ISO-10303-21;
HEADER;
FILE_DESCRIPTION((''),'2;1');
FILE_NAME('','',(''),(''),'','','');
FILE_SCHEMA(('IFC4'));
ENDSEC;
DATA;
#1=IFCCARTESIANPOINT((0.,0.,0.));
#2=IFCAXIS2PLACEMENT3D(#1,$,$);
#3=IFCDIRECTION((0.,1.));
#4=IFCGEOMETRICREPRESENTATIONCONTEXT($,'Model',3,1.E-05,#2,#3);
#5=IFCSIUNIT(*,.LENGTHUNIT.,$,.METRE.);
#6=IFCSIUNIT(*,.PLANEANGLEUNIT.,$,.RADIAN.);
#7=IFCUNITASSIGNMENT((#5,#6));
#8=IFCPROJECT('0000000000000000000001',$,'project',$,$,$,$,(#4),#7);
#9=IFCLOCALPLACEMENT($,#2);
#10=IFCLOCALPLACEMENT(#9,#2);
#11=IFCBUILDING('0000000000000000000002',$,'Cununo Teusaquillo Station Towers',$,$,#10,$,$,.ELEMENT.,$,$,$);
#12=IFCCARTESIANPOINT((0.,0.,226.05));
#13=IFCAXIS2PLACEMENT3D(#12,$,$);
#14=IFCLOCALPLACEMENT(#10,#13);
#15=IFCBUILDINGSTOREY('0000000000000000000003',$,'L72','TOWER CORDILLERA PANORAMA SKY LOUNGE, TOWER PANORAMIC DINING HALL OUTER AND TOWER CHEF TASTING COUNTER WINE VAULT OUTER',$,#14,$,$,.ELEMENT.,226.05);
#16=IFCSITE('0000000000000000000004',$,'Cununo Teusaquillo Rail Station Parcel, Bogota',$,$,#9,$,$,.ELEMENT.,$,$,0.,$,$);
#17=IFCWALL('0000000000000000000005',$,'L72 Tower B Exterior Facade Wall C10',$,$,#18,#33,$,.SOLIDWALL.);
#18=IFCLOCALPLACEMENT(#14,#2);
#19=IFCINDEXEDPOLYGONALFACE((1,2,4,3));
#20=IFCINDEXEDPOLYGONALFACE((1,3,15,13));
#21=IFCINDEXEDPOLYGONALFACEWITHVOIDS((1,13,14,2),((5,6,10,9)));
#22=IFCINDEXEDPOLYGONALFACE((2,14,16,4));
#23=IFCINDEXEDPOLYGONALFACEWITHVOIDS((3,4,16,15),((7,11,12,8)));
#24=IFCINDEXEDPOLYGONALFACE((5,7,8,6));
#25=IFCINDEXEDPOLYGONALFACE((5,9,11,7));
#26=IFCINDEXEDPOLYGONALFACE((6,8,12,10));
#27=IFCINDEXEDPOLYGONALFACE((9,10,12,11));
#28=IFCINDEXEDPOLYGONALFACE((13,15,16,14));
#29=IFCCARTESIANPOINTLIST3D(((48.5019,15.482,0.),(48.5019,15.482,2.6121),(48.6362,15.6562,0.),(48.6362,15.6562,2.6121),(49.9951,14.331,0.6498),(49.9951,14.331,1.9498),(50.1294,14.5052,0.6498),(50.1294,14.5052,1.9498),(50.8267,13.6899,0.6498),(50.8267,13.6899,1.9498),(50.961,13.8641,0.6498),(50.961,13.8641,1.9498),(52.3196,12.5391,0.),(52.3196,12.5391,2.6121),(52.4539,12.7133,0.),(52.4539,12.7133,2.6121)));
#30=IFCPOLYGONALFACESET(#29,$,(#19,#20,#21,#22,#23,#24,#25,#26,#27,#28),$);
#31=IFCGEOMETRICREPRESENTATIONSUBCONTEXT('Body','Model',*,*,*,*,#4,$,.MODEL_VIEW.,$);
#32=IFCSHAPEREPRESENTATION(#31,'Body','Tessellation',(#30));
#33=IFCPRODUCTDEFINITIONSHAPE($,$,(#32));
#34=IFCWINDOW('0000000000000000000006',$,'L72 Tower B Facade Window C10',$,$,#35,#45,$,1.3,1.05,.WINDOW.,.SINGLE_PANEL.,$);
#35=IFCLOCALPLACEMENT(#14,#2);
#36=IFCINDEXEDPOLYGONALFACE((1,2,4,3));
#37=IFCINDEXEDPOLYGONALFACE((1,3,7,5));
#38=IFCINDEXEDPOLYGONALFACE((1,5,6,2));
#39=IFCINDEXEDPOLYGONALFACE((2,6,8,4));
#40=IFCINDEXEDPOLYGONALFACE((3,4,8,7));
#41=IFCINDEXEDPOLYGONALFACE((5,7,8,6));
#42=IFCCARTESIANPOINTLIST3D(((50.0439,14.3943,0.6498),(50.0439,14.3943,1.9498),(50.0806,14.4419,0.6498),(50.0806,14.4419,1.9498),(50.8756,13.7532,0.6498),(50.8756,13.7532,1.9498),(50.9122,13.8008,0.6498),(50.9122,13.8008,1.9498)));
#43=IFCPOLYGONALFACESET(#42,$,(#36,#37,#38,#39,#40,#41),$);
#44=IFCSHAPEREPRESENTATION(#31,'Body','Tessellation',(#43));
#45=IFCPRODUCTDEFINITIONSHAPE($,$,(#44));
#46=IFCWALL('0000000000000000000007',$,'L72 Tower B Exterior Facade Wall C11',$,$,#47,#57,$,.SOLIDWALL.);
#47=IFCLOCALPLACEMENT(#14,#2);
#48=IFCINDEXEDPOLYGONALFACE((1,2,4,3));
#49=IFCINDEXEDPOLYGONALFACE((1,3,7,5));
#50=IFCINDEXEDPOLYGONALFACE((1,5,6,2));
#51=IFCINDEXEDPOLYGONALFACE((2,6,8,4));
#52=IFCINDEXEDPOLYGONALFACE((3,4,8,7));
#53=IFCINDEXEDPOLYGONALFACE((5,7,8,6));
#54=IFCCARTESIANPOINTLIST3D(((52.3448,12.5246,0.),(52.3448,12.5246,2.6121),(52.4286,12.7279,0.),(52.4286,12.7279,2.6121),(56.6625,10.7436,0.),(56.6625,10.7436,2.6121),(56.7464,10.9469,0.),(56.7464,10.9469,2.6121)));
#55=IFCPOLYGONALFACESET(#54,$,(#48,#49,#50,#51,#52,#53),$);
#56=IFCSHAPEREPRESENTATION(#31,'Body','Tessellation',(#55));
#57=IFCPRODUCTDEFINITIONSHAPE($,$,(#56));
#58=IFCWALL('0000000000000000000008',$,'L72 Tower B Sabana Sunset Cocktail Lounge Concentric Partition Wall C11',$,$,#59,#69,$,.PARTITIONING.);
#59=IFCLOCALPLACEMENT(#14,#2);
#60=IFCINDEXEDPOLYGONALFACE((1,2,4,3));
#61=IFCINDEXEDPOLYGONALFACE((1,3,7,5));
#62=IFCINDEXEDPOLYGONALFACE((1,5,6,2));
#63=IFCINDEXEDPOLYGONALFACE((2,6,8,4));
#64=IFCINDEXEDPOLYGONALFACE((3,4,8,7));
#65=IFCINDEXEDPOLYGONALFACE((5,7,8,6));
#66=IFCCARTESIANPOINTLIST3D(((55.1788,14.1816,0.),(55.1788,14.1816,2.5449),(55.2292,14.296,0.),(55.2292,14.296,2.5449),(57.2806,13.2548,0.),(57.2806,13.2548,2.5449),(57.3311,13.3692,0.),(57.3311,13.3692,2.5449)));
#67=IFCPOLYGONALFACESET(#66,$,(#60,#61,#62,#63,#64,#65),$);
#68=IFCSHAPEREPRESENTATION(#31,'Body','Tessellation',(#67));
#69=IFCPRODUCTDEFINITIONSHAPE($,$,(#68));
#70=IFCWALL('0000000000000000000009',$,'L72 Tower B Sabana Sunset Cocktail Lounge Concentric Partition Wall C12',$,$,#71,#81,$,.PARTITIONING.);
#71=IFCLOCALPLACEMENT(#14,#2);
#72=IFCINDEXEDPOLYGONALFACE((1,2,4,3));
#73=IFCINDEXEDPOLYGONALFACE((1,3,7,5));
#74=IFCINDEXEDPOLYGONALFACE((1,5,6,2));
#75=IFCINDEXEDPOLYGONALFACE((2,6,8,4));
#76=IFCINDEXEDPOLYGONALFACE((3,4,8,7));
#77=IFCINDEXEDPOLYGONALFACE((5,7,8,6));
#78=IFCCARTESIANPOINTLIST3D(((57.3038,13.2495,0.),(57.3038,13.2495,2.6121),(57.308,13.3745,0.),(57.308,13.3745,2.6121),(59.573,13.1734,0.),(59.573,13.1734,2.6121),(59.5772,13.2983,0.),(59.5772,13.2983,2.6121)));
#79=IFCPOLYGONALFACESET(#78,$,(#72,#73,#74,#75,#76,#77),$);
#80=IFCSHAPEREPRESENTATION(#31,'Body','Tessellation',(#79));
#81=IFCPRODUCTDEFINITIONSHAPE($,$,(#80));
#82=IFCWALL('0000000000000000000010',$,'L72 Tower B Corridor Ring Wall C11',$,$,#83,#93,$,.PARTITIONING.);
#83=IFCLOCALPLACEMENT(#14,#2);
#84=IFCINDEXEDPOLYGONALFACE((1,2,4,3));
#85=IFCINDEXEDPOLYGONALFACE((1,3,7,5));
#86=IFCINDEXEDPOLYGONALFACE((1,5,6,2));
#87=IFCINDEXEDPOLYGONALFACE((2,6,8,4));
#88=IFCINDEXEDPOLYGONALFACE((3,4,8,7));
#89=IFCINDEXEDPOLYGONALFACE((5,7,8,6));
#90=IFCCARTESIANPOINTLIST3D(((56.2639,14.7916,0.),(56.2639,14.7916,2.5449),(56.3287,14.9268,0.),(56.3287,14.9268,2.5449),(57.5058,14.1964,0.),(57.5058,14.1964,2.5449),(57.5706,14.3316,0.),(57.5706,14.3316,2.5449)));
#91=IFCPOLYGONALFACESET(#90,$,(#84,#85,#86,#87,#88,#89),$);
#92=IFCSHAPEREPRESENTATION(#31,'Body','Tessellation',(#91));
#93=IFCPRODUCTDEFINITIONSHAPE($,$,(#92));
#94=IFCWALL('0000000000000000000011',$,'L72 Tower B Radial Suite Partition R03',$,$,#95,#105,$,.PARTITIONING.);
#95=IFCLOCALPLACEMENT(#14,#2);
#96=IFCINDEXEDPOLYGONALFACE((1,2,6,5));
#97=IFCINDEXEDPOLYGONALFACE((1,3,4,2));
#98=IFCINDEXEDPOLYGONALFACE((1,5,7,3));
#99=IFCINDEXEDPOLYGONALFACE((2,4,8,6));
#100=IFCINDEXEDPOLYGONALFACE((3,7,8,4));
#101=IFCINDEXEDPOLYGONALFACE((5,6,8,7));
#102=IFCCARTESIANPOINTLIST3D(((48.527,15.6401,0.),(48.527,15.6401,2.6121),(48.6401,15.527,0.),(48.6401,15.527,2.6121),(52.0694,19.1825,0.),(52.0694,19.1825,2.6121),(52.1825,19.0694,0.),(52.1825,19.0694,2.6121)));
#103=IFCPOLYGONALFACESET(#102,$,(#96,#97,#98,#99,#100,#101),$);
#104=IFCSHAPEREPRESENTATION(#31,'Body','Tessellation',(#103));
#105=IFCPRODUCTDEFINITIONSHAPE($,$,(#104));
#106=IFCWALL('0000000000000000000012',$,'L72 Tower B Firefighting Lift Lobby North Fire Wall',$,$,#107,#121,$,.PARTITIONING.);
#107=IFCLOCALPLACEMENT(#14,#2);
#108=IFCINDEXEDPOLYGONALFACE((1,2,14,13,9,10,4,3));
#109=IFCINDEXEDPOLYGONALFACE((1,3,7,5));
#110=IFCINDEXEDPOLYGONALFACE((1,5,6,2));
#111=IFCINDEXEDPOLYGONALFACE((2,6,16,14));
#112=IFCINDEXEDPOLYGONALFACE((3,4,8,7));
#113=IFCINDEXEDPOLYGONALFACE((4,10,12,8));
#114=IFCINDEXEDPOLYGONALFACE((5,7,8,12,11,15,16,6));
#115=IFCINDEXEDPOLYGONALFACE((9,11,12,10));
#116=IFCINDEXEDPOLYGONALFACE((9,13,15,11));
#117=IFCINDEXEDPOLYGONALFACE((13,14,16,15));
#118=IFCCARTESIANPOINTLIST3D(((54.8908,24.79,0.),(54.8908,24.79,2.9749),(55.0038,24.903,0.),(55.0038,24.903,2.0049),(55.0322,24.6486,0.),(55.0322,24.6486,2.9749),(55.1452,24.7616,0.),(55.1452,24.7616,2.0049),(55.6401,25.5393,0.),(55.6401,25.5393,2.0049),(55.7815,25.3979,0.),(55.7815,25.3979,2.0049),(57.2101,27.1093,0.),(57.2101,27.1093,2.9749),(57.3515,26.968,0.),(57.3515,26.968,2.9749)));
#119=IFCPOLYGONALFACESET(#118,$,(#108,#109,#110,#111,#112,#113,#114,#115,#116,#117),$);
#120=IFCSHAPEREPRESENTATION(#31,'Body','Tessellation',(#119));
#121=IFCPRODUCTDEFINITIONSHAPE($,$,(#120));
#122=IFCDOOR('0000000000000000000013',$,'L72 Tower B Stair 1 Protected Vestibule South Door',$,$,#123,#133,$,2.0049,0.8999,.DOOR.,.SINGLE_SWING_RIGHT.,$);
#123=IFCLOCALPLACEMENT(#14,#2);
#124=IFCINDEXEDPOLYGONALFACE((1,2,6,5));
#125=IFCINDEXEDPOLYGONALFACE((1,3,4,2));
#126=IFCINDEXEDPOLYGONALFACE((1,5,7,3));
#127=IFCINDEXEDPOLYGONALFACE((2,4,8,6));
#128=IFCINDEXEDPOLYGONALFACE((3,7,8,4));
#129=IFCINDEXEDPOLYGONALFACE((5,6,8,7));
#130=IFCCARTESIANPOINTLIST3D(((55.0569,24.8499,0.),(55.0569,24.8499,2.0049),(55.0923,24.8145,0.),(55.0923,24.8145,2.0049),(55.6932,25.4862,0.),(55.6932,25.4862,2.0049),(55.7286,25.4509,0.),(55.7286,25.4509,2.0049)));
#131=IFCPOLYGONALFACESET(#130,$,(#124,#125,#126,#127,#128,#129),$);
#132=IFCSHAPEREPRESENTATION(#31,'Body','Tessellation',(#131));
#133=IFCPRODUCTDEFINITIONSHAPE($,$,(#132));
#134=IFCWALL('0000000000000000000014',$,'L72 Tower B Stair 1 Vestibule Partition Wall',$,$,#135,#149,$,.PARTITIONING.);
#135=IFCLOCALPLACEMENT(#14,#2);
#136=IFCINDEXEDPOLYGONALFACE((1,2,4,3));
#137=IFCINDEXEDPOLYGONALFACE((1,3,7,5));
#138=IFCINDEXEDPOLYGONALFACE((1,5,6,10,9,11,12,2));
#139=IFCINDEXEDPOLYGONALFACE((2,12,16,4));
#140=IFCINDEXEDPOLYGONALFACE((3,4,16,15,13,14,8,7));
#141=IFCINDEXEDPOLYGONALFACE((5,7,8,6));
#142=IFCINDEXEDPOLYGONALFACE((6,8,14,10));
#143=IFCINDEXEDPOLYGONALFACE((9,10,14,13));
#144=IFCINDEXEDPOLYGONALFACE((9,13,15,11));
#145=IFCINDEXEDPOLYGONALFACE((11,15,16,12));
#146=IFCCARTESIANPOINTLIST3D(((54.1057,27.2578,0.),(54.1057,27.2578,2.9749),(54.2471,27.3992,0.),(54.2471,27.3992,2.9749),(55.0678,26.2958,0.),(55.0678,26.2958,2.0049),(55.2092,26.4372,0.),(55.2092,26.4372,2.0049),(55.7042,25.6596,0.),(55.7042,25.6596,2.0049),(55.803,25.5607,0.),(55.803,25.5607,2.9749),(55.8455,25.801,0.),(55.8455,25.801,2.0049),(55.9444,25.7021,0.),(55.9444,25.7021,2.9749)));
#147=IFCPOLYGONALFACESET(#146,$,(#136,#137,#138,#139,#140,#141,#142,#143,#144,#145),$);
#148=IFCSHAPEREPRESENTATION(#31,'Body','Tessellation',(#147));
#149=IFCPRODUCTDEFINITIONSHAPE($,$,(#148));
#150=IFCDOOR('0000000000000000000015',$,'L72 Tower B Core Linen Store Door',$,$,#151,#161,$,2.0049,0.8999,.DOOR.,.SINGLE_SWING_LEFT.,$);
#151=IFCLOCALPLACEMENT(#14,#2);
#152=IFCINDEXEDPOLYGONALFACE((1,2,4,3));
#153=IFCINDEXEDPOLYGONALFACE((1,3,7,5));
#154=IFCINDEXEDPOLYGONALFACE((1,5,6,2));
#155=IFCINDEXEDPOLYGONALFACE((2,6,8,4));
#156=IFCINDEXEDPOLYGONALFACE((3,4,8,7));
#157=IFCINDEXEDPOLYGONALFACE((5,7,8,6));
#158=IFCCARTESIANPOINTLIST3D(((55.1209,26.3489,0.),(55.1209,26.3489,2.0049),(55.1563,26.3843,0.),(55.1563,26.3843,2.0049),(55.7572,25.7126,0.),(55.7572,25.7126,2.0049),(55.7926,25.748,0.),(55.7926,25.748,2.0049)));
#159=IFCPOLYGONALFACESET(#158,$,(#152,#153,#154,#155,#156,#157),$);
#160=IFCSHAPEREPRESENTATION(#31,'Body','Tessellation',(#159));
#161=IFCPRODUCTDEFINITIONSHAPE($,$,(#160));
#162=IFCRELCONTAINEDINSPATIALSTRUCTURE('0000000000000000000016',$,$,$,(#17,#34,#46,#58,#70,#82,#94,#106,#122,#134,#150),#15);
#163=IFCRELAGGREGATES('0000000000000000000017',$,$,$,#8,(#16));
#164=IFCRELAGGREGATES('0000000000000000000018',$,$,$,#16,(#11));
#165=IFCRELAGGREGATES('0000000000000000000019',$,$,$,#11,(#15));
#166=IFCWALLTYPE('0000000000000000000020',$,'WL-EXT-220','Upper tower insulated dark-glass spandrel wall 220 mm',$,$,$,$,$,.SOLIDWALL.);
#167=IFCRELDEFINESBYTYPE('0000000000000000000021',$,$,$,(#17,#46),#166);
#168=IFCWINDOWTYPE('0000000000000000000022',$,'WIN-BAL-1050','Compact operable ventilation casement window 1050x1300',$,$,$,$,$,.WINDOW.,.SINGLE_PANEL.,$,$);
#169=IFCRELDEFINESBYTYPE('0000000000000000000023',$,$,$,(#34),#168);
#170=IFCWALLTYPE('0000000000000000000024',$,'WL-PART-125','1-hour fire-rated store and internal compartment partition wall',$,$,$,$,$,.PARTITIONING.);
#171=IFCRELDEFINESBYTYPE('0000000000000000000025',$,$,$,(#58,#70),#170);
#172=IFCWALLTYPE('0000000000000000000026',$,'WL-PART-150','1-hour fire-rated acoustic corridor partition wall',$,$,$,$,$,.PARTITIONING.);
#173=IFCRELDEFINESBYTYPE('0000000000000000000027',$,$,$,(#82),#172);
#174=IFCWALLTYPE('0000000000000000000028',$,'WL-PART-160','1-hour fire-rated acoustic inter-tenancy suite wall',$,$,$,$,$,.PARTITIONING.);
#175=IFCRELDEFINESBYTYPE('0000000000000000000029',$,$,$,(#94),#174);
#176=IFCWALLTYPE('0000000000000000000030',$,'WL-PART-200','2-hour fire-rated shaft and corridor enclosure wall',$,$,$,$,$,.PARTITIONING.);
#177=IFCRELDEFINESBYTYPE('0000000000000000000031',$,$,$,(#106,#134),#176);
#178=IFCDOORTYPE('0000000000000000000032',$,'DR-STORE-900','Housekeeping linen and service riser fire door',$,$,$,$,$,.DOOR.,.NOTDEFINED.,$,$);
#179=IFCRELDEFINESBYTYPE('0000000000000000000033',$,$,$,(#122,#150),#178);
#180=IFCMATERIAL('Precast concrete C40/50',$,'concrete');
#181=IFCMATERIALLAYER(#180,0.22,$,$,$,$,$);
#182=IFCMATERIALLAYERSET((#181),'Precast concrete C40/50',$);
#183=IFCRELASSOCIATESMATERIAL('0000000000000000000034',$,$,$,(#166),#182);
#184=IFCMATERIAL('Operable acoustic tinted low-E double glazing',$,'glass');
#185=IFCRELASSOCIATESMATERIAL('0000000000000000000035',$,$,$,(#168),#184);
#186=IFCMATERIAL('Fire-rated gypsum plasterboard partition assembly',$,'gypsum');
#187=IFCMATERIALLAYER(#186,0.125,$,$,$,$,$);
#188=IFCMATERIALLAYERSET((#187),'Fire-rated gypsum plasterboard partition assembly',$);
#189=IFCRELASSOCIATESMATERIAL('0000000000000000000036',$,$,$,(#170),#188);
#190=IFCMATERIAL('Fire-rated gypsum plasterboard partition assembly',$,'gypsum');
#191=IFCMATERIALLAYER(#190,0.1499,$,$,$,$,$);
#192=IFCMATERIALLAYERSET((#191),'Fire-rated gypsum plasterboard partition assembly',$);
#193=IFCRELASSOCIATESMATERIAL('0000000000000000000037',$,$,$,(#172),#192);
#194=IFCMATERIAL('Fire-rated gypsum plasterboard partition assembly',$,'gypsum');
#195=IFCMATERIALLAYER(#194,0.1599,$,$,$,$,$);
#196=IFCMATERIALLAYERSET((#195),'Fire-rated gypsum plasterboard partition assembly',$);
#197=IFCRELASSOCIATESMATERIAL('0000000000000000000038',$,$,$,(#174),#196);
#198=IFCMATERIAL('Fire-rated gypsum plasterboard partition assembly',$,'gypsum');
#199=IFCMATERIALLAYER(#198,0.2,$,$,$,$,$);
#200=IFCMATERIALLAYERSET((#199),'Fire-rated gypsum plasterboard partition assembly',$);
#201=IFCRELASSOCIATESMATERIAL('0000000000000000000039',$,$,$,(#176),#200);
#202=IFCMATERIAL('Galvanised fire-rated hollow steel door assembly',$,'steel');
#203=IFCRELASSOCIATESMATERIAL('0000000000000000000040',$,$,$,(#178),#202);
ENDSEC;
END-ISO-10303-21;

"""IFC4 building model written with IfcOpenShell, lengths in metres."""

from ifc_helpers import new_model, si_unit, direction, frame, frame_2d, origin, place, context, subcontext, project, spatial, rectangle, extrude, source, transform, mapped, material, layer, layer_set, type_object, element, fill, save


model = new_model("IFC4")

# Units and contexts
model_context = context("Model", 3, precision=1e-05, world=origin(), true_north=direction((0.0, 1.0)))
body_context = subcontext(model_context, "Body", "Model", "MODEL_VIEW")
ifc_project = project(units=[si_unit("LENGTHUNIT", "METRE"), si_unit("PLANEANGLEUNIT", "RADIAN")], contexts=[model_context])

# Site, building, storey
site_placement = place(None, origin())
site = spatial("IfcSite", under=ifc_project, at=site_placement, Name="Cununo Teusaquillo Rail Station Parcel, Bogota", CompositionType="ELEMENT", RefElevation=0.0)
building_placement = place(site_placement, origin())
building = spatial("IfcBuilding", under=site, at=building_placement, Name="Cununo Teusaquillo Station Towers", CompositionType="ELEMENT")
storey_placement = place(building_placement, frame((0.0, 0.0, 226.05)))
storey = spatial("IfcBuildingStorey", under=building, at=storey_placement, Name="L72", Description="TOWER CORDILLERA PANORAMA SKY LOUNGE, TOWER PANORAMIC DINING HALL OUTER AND TOWER CHEF TASTING COUNTER WINE VAULT OUTER", CompositionType="ELEMENT", Elevation=226.05)

# Wall, opening, window
ifc_material_1 = material(Name="Precast concrete C40/50", Category="concrete")
ifc_layer_1 = layer(ifc_material_1, 0.22)
ifc_layer_set_1 = layer_set([ifc_layer_1], Name="Precast concrete C40/50")
wall_type_1 = type_object("IfcWallType", Name="WL-EXT-220", Description="Upper tower insulated dark-glass spandrel wall 220 mm", PredefinedType="SOLIDWALL", material=ifc_layer_set_1)
wall_1_placement = place(storey_placement, frame((52.3867, 12.6262, 0.0), z_axis=(0.0, 0.0, 1.0), x_axis=(-0.791998, 0.610523, 0.0)))
wall_1 = element("IfcWall", 1, at=wall_1_placement, inside=storey, type_object=wall_type_1, Name="L72 Tower B Exterior Facade Wall C10", PredefinedType="SOLIDWALL", context=body_context, shape_type="SweptSolid", body=[
    extrude(rectangle(XDim=4.8203, YDim=0.22, at=frame_2d((2.4102, 0.0))), origin(), (0.0, 0.0, 1.0), 2.6121),
])
shared_shape_1 = source(origin(), body_context, "Body", "SweptSolid", [
    extrude(rectangle(XDim=1.05, YDim=1.3, at=frame_2d((0.5249, 0.6499))), frame((0.0, 0.1199, 0.0), z_axis=(0.0, -1.0, 0.0), x_axis=(1.0, 0.0, 0.0)), (0.0, 0.0, 1.0), 0.24),
])
opening_1_placement = place(wall_1_placement, frame((1.885, 0.0, 0.6499)))
opening_1 = element("IfcOpeningElement", 2, at=opening_1_placement, cuts=wall_1, PredefinedType="OPENING", context=body_context, shape_type="MappedRepresentation", body=[
    mapped(shared_shape_1, transform((0.0, 0.0, 0.0), x_axis=(1.0, 0.0, 0.0), y_axis=(0.0, 1.0, 0.0), z_axis=(0.0, 0.0, 1.0), scale=1.0)),
])
ifc_material_2 = material(Name="Operable acoustic tinted low-E double glazing", Category="glass")
window_type = type_object("IfcWindowType", Name="WIN-BAL-1050", Description="Compact operable ventilation casement window 1050x1300", PartitioningType="SINGLE_PANEL", PredefinedType="WINDOW", material=ifc_material_2)
shared_shape_2 = source(origin(), body_context, "Body", "SweptSolid", [
    extrude(rectangle(XDim=1.05, YDim=1.3, at=frame_2d((0.5249, 0.6499))), frame((0.0, 0.03, 0.0), z_axis=(0.0, -1.0, 0.0), x_axis=(1.0, 0.0, 0.0)), (0.0, 0.0, 1.0), 0.0601),
])
window_placement = place(opening_1_placement, origin())
window = element("IfcWindow", 3, at=window_placement, inside=storey, type_object=window_type, Name="L72 Tower B Facade Window C10", OverallHeight=1.3, OverallWidth=1.05, PartitioningType="SINGLE_PANEL", PredefinedType="WINDOW", context=body_context, shape_type="MappedRepresentation", body=[
    mapped(shared_shape_2, transform((0.0, 0.0, 0.0), x_axis=(1.0, 0.0, 0.0), y_axis=(0.0, 1.0, 0.0), z_axis=(0.0, 0.0, 1.0), scale=1.0)),
])
fill(opening_1, window)

# Walls
wall_2_placement = place(storey_placement, frame((56.7046, 10.8452, 0.0), z_axis=(0.0, 0.0, 1.0), x_axis=(-0.924447, 0.38131, 0.0)))
element("IfcWall", 4, at=wall_2_placement, inside=storey, type_object=wall_type_1, Name="L72 Tower B Exterior Facade Wall C11", PredefinedType="SOLIDWALL", context=body_context, shape_type="SweptSolid", body=[
    extrude(rectangle(XDim=4.6707, YDim=0.22, at=frame_2d((2.3354, 0.0))), origin(), (0.0, 0.0, 1.0), 2.6121),
])
ifc_material_3 = material(Name="Fire-rated gypsum plasterboard partition assembly", Category="gypsum")
ifc_layer_2 = layer(ifc_material_3, 0.125)
ifc_layer_set_2 = layer_set([ifc_layer_2], Name="Fire-rated gypsum plasterboard partition assembly")
wall_type_2 = type_object("IfcWallType", Name="WL-PART-125", Description="1-hour fire-rated store and internal compartment partition wall", PredefinedType="PARTITIONING", material=ifc_layer_set_2)
wall_3_placement = place(storey_placement, frame((55.2041, 14.2388, 0.0), z_axis=(0.0, 0.0, 1.0), x_axis=(0.915, -0.403454, 0.0)))
element("IfcWall", 5, at=wall_3_placement, inside=storey, type_object=wall_type_2, Name="L72 Tower B Sabana Sunset Cocktail Lounge Concentric Partition Wall C11", PredefinedType="PARTITIONING", context=body_context, shape_type="SweptSolid", body=[
    extrude(rectangle(XDim=2.2971, YDim=0.125, at=frame_2d((1.1484, 0.0))), origin(), (0.0, 0.0, 1.0), 2.5449),
])
wall_4_placement = place(storey_placement, frame((57.3059, 13.312, 0.0), z_axis=(0.0, 0.0, 1.0), x_axis=(0.999437, -0.033548, 0.0)))
element("IfcWall", 6, at=wall_4_placement, inside=storey, type_object=wall_type_2, Name="L72 Tower B Sabana Sunset Cocktail Lounge Concentric Partition Wall C12", PredefinedType="PARTITIONING", context=body_context, shape_type="SweptSolid", body=[
    extrude(rectangle(XDim=2.2705, YDim=0.125, at=frame_2d((1.1353, 0.0))), origin(), (0.0, 0.0, 1.0), 2.6121),
])
ifc_material_4 = material(Name="Fire-rated gypsum plasterboard partition assembly", Category="gypsum")
ifc_layer_3 = layer(ifc_material_4, 0.1499)
ifc_layer_set_3 = layer_set([ifc_layer_3], Name="Fire-rated gypsum plasterboard partition assembly")
wall_type_3 = type_object("IfcWallType", Name="WL-PART-150", Description="1-hour fire-rated acoustic corridor partition wall", PredefinedType="PARTITIONING", material=ifc_layer_set_3)
wall_5_placement = place(storey_placement, frame((56.2964, 14.8591, 0.0), z_axis=(0.0, 0.0, 1.0), x_axis=(0.901783, -0.432189, 0.0)))
element("IfcWall", 7, at=wall_5_placement, inside=storey, type_object=wall_type_3, Name="L72 Tower B Corridor Ring Wall C11", PredefinedType="PARTITIONING", context=body_context, shape_type="SweptSolid", body=[
    extrude(rectangle(XDim=1.3772, YDim=0.1499, at=frame_2d((0.6885, 0.0))), origin(), (0.0, 0.0, 1.0), 2.5449),
])
ifc_material_5 = material(Name="Fire-rated gypsum plasterboard partition assembly", Category="gypsum")
ifc_layer_4 = layer(ifc_material_5, 0.1599)
ifc_layer_set_4 = layer_set([ifc_layer_4], Name="Fire-rated gypsum plasterboard partition assembly")
wall_type_4 = type_object("IfcWallType", Name="WL-PART-160", Description="1-hour fire-rated acoustic inter-tenancy suite wall", PredefinedType="PARTITIONING", material=ifc_layer_set_4)
wall_6_placement = place(storey_placement, frame((52.126, 19.126, 0.0), z_axis=(0.0, 0.0, 1.0), x_axis=(-0.707107, -0.707107, 0.0)))
element("IfcWall", 8, at=wall_6_placement, inside=storey, type_object=wall_type_4, Name="L72 Tower B Radial Suite Partition R03", PredefinedType="PARTITIONING", context=body_context, shape_type="SweptSolid", body=[
    extrude(rectangle(XDim=5.0098, YDim=0.1599, at=frame_2d((2.5049, 0.0))), origin(), (0.0, 0.0, 1.0), 2.6121),
])

# Walls, openings, doors
ifc_material_6 = material(Name="Fire-rated gypsum plasterboard partition assembly", Category="gypsum")
ifc_layer_5 = layer(ifc_material_6, 0.2)
ifc_layer_set_5 = layer_set([ifc_layer_5], Name="Fire-rated gypsum plasterboard partition assembly")
wall_type_5 = type_object("IfcWallType", Name="WL-PART-200", Description="2-hour fire-rated shaft and corridor enclosure wall", PredefinedType="PARTITIONING", material=ifc_layer_set_5)
wall_7_placement = place(storey_placement, frame((54.9614, 24.7192, 0.0), z_axis=(0.0, 0.0, 1.0), x_axis=(0.707107, 0.707107, 0.0)))
wall_7 = element("IfcWall", 9, at=wall_7_placement, inside=storey, type_object=wall_type_5, Name="L72 Tower B Firefighting Lift Lobby North Fire Wall", PredefinedType="PARTITIONING", context=body_context, shape_type="SweptSolid", body=[
    extrude(rectangle(XDim=3.28, YDim=0.2, at=frame_2d((1.6401, 0.0))), origin(), (0.0, 0.0, 1.0), 2.9749),
])
shared_shape_3 = source(origin(), body_context, "Body", "SweptSolid", [
    extrude(rectangle(XDim=0.8999, YDim=2.0049, at=frame_2d((0.45, 1.0024))), frame((0.0, 0.1099, 0.0), z_axis=(0.0, -1.0, 0.0), x_axis=(1.0, 0.0, 0.0)), (0.0, 0.0, 1.0), 0.22),
])
opening_2_placement = place(wall_7_placement, frame((0.1599, 0.0, 0.0)))
opening_2 = element("IfcOpeningElement", 10, at=opening_2_placement, cuts=wall_7, PredefinedType="OPENING", context=body_context, shape_type="MappedRepresentation", body=[
    mapped(shared_shape_3, transform((0.0, 0.0, 0.0), x_axis=(1.0, 0.0, 0.0), y_axis=(0.0, 1.0, 0.0), z_axis=(0.0, 0.0, 1.0), scale=1.0)),
])
ifc_material_7 = material(Name="Galvanised fire-rated hollow steel door assembly", Category="steel")
door_type = type_object("IfcDoorType", Name="DR-STORE-900", Description="Housekeeping linen and service riser fire door", OperationType="NOTDEFINED", PredefinedType="DOOR", material=ifc_material_7)
shared_shape_4 = source(origin(), body_context, "Body", "SweptSolid", [
    extrude(rectangle(XDim=0.8999, YDim=2.0049, at=frame_2d((0.45, 1.0024))), frame((0.0, 0.0249, 0.0), z_axis=(0.0, -1.0, 0.0), x_axis=(1.0, 0.0, 0.0)), (0.0, 0.0, 1.0), 0.05),
])
door_1_placement = place(opening_2_placement, origin())
door_1 = element("IfcDoor", 11, at=door_1_placement, inside=storey, type_object=door_type, Name="L72 Tower B Stair 1 Protected Vestibule South Door", OperationType="SINGLE_SWING_RIGHT", OverallHeight=2.0049, OverallWidth=0.8999, PredefinedType="DOOR", context=body_context, shape_type="MappedRepresentation", body=[
    mapped(shared_shape_4, transform((0.0, 0.0, 0.0), x_axis=(1.0, 0.0, 0.0), y_axis=(0.0, 1.0, 0.0), z_axis=(0.0, 0.0, 1.0), scale=1.0)),
])
fill(opening_2, door_1)
wall_8_placement = place(storey_placement, frame((55.8738, 25.6313, 0.0), z_axis=(0.0, 0.0, 1.0), x_axis=(-0.707158, 0.707056, 0.0)))
wall_8 = element("IfcWall", 12, at=wall_8_placement, inside=storey, type_object=wall_type_5, Name="L72 Tower B Stair 1 Vestibule Partition Wall", PredefinedType="PARTITIONING", context=body_context, shape_type="SweptSolid", body=[
    extrude(rectangle(XDim=2.4001, YDim=0.2, at=frame_2d((1.2002, 0.0))), origin(), (0.0, 0.0, 1.0), 2.9749),
])
opening_3_placement = place(wall_8_placement, frame((0.1399, 0.0, 0.0)))
opening_3 = element("IfcOpeningElement", 13, at=opening_3_placement, cuts=wall_8, PredefinedType="OPENING", context=body_context, shape_type="MappedRepresentation", body=[
    mapped(shared_shape_3, transform((0.0, 0.0, 0.0), x_axis=(1.0, 0.0, 0.0), y_axis=(0.0, 1.0, 0.0), z_axis=(0.0, 0.0, 1.0), scale=1.0)),
])
door_2_placement = place(opening_3_placement, origin())
door_2 = element("IfcDoor", 14, at=door_2_placement, inside=storey, type_object=door_type, Name="L72 Tower B Core Linen Store Door", OperationType="SINGLE_SWING_LEFT", OverallHeight=2.0049, OverallWidth=0.8999, PredefinedType="DOOR", context=body_context, shape_type="MappedRepresentation", body=[
    mapped(shared_shape_4, transform((0.0, 0.0, 0.0), x_axis=(1.0, 0.0, 0.0), y_axis=(0.0, 1.0, 0.0), z_axis=(0.0, 0.0, 1.0), scale=1.0)),
])
fill(opening_3, door_2)

save(model, "model.ifc")
